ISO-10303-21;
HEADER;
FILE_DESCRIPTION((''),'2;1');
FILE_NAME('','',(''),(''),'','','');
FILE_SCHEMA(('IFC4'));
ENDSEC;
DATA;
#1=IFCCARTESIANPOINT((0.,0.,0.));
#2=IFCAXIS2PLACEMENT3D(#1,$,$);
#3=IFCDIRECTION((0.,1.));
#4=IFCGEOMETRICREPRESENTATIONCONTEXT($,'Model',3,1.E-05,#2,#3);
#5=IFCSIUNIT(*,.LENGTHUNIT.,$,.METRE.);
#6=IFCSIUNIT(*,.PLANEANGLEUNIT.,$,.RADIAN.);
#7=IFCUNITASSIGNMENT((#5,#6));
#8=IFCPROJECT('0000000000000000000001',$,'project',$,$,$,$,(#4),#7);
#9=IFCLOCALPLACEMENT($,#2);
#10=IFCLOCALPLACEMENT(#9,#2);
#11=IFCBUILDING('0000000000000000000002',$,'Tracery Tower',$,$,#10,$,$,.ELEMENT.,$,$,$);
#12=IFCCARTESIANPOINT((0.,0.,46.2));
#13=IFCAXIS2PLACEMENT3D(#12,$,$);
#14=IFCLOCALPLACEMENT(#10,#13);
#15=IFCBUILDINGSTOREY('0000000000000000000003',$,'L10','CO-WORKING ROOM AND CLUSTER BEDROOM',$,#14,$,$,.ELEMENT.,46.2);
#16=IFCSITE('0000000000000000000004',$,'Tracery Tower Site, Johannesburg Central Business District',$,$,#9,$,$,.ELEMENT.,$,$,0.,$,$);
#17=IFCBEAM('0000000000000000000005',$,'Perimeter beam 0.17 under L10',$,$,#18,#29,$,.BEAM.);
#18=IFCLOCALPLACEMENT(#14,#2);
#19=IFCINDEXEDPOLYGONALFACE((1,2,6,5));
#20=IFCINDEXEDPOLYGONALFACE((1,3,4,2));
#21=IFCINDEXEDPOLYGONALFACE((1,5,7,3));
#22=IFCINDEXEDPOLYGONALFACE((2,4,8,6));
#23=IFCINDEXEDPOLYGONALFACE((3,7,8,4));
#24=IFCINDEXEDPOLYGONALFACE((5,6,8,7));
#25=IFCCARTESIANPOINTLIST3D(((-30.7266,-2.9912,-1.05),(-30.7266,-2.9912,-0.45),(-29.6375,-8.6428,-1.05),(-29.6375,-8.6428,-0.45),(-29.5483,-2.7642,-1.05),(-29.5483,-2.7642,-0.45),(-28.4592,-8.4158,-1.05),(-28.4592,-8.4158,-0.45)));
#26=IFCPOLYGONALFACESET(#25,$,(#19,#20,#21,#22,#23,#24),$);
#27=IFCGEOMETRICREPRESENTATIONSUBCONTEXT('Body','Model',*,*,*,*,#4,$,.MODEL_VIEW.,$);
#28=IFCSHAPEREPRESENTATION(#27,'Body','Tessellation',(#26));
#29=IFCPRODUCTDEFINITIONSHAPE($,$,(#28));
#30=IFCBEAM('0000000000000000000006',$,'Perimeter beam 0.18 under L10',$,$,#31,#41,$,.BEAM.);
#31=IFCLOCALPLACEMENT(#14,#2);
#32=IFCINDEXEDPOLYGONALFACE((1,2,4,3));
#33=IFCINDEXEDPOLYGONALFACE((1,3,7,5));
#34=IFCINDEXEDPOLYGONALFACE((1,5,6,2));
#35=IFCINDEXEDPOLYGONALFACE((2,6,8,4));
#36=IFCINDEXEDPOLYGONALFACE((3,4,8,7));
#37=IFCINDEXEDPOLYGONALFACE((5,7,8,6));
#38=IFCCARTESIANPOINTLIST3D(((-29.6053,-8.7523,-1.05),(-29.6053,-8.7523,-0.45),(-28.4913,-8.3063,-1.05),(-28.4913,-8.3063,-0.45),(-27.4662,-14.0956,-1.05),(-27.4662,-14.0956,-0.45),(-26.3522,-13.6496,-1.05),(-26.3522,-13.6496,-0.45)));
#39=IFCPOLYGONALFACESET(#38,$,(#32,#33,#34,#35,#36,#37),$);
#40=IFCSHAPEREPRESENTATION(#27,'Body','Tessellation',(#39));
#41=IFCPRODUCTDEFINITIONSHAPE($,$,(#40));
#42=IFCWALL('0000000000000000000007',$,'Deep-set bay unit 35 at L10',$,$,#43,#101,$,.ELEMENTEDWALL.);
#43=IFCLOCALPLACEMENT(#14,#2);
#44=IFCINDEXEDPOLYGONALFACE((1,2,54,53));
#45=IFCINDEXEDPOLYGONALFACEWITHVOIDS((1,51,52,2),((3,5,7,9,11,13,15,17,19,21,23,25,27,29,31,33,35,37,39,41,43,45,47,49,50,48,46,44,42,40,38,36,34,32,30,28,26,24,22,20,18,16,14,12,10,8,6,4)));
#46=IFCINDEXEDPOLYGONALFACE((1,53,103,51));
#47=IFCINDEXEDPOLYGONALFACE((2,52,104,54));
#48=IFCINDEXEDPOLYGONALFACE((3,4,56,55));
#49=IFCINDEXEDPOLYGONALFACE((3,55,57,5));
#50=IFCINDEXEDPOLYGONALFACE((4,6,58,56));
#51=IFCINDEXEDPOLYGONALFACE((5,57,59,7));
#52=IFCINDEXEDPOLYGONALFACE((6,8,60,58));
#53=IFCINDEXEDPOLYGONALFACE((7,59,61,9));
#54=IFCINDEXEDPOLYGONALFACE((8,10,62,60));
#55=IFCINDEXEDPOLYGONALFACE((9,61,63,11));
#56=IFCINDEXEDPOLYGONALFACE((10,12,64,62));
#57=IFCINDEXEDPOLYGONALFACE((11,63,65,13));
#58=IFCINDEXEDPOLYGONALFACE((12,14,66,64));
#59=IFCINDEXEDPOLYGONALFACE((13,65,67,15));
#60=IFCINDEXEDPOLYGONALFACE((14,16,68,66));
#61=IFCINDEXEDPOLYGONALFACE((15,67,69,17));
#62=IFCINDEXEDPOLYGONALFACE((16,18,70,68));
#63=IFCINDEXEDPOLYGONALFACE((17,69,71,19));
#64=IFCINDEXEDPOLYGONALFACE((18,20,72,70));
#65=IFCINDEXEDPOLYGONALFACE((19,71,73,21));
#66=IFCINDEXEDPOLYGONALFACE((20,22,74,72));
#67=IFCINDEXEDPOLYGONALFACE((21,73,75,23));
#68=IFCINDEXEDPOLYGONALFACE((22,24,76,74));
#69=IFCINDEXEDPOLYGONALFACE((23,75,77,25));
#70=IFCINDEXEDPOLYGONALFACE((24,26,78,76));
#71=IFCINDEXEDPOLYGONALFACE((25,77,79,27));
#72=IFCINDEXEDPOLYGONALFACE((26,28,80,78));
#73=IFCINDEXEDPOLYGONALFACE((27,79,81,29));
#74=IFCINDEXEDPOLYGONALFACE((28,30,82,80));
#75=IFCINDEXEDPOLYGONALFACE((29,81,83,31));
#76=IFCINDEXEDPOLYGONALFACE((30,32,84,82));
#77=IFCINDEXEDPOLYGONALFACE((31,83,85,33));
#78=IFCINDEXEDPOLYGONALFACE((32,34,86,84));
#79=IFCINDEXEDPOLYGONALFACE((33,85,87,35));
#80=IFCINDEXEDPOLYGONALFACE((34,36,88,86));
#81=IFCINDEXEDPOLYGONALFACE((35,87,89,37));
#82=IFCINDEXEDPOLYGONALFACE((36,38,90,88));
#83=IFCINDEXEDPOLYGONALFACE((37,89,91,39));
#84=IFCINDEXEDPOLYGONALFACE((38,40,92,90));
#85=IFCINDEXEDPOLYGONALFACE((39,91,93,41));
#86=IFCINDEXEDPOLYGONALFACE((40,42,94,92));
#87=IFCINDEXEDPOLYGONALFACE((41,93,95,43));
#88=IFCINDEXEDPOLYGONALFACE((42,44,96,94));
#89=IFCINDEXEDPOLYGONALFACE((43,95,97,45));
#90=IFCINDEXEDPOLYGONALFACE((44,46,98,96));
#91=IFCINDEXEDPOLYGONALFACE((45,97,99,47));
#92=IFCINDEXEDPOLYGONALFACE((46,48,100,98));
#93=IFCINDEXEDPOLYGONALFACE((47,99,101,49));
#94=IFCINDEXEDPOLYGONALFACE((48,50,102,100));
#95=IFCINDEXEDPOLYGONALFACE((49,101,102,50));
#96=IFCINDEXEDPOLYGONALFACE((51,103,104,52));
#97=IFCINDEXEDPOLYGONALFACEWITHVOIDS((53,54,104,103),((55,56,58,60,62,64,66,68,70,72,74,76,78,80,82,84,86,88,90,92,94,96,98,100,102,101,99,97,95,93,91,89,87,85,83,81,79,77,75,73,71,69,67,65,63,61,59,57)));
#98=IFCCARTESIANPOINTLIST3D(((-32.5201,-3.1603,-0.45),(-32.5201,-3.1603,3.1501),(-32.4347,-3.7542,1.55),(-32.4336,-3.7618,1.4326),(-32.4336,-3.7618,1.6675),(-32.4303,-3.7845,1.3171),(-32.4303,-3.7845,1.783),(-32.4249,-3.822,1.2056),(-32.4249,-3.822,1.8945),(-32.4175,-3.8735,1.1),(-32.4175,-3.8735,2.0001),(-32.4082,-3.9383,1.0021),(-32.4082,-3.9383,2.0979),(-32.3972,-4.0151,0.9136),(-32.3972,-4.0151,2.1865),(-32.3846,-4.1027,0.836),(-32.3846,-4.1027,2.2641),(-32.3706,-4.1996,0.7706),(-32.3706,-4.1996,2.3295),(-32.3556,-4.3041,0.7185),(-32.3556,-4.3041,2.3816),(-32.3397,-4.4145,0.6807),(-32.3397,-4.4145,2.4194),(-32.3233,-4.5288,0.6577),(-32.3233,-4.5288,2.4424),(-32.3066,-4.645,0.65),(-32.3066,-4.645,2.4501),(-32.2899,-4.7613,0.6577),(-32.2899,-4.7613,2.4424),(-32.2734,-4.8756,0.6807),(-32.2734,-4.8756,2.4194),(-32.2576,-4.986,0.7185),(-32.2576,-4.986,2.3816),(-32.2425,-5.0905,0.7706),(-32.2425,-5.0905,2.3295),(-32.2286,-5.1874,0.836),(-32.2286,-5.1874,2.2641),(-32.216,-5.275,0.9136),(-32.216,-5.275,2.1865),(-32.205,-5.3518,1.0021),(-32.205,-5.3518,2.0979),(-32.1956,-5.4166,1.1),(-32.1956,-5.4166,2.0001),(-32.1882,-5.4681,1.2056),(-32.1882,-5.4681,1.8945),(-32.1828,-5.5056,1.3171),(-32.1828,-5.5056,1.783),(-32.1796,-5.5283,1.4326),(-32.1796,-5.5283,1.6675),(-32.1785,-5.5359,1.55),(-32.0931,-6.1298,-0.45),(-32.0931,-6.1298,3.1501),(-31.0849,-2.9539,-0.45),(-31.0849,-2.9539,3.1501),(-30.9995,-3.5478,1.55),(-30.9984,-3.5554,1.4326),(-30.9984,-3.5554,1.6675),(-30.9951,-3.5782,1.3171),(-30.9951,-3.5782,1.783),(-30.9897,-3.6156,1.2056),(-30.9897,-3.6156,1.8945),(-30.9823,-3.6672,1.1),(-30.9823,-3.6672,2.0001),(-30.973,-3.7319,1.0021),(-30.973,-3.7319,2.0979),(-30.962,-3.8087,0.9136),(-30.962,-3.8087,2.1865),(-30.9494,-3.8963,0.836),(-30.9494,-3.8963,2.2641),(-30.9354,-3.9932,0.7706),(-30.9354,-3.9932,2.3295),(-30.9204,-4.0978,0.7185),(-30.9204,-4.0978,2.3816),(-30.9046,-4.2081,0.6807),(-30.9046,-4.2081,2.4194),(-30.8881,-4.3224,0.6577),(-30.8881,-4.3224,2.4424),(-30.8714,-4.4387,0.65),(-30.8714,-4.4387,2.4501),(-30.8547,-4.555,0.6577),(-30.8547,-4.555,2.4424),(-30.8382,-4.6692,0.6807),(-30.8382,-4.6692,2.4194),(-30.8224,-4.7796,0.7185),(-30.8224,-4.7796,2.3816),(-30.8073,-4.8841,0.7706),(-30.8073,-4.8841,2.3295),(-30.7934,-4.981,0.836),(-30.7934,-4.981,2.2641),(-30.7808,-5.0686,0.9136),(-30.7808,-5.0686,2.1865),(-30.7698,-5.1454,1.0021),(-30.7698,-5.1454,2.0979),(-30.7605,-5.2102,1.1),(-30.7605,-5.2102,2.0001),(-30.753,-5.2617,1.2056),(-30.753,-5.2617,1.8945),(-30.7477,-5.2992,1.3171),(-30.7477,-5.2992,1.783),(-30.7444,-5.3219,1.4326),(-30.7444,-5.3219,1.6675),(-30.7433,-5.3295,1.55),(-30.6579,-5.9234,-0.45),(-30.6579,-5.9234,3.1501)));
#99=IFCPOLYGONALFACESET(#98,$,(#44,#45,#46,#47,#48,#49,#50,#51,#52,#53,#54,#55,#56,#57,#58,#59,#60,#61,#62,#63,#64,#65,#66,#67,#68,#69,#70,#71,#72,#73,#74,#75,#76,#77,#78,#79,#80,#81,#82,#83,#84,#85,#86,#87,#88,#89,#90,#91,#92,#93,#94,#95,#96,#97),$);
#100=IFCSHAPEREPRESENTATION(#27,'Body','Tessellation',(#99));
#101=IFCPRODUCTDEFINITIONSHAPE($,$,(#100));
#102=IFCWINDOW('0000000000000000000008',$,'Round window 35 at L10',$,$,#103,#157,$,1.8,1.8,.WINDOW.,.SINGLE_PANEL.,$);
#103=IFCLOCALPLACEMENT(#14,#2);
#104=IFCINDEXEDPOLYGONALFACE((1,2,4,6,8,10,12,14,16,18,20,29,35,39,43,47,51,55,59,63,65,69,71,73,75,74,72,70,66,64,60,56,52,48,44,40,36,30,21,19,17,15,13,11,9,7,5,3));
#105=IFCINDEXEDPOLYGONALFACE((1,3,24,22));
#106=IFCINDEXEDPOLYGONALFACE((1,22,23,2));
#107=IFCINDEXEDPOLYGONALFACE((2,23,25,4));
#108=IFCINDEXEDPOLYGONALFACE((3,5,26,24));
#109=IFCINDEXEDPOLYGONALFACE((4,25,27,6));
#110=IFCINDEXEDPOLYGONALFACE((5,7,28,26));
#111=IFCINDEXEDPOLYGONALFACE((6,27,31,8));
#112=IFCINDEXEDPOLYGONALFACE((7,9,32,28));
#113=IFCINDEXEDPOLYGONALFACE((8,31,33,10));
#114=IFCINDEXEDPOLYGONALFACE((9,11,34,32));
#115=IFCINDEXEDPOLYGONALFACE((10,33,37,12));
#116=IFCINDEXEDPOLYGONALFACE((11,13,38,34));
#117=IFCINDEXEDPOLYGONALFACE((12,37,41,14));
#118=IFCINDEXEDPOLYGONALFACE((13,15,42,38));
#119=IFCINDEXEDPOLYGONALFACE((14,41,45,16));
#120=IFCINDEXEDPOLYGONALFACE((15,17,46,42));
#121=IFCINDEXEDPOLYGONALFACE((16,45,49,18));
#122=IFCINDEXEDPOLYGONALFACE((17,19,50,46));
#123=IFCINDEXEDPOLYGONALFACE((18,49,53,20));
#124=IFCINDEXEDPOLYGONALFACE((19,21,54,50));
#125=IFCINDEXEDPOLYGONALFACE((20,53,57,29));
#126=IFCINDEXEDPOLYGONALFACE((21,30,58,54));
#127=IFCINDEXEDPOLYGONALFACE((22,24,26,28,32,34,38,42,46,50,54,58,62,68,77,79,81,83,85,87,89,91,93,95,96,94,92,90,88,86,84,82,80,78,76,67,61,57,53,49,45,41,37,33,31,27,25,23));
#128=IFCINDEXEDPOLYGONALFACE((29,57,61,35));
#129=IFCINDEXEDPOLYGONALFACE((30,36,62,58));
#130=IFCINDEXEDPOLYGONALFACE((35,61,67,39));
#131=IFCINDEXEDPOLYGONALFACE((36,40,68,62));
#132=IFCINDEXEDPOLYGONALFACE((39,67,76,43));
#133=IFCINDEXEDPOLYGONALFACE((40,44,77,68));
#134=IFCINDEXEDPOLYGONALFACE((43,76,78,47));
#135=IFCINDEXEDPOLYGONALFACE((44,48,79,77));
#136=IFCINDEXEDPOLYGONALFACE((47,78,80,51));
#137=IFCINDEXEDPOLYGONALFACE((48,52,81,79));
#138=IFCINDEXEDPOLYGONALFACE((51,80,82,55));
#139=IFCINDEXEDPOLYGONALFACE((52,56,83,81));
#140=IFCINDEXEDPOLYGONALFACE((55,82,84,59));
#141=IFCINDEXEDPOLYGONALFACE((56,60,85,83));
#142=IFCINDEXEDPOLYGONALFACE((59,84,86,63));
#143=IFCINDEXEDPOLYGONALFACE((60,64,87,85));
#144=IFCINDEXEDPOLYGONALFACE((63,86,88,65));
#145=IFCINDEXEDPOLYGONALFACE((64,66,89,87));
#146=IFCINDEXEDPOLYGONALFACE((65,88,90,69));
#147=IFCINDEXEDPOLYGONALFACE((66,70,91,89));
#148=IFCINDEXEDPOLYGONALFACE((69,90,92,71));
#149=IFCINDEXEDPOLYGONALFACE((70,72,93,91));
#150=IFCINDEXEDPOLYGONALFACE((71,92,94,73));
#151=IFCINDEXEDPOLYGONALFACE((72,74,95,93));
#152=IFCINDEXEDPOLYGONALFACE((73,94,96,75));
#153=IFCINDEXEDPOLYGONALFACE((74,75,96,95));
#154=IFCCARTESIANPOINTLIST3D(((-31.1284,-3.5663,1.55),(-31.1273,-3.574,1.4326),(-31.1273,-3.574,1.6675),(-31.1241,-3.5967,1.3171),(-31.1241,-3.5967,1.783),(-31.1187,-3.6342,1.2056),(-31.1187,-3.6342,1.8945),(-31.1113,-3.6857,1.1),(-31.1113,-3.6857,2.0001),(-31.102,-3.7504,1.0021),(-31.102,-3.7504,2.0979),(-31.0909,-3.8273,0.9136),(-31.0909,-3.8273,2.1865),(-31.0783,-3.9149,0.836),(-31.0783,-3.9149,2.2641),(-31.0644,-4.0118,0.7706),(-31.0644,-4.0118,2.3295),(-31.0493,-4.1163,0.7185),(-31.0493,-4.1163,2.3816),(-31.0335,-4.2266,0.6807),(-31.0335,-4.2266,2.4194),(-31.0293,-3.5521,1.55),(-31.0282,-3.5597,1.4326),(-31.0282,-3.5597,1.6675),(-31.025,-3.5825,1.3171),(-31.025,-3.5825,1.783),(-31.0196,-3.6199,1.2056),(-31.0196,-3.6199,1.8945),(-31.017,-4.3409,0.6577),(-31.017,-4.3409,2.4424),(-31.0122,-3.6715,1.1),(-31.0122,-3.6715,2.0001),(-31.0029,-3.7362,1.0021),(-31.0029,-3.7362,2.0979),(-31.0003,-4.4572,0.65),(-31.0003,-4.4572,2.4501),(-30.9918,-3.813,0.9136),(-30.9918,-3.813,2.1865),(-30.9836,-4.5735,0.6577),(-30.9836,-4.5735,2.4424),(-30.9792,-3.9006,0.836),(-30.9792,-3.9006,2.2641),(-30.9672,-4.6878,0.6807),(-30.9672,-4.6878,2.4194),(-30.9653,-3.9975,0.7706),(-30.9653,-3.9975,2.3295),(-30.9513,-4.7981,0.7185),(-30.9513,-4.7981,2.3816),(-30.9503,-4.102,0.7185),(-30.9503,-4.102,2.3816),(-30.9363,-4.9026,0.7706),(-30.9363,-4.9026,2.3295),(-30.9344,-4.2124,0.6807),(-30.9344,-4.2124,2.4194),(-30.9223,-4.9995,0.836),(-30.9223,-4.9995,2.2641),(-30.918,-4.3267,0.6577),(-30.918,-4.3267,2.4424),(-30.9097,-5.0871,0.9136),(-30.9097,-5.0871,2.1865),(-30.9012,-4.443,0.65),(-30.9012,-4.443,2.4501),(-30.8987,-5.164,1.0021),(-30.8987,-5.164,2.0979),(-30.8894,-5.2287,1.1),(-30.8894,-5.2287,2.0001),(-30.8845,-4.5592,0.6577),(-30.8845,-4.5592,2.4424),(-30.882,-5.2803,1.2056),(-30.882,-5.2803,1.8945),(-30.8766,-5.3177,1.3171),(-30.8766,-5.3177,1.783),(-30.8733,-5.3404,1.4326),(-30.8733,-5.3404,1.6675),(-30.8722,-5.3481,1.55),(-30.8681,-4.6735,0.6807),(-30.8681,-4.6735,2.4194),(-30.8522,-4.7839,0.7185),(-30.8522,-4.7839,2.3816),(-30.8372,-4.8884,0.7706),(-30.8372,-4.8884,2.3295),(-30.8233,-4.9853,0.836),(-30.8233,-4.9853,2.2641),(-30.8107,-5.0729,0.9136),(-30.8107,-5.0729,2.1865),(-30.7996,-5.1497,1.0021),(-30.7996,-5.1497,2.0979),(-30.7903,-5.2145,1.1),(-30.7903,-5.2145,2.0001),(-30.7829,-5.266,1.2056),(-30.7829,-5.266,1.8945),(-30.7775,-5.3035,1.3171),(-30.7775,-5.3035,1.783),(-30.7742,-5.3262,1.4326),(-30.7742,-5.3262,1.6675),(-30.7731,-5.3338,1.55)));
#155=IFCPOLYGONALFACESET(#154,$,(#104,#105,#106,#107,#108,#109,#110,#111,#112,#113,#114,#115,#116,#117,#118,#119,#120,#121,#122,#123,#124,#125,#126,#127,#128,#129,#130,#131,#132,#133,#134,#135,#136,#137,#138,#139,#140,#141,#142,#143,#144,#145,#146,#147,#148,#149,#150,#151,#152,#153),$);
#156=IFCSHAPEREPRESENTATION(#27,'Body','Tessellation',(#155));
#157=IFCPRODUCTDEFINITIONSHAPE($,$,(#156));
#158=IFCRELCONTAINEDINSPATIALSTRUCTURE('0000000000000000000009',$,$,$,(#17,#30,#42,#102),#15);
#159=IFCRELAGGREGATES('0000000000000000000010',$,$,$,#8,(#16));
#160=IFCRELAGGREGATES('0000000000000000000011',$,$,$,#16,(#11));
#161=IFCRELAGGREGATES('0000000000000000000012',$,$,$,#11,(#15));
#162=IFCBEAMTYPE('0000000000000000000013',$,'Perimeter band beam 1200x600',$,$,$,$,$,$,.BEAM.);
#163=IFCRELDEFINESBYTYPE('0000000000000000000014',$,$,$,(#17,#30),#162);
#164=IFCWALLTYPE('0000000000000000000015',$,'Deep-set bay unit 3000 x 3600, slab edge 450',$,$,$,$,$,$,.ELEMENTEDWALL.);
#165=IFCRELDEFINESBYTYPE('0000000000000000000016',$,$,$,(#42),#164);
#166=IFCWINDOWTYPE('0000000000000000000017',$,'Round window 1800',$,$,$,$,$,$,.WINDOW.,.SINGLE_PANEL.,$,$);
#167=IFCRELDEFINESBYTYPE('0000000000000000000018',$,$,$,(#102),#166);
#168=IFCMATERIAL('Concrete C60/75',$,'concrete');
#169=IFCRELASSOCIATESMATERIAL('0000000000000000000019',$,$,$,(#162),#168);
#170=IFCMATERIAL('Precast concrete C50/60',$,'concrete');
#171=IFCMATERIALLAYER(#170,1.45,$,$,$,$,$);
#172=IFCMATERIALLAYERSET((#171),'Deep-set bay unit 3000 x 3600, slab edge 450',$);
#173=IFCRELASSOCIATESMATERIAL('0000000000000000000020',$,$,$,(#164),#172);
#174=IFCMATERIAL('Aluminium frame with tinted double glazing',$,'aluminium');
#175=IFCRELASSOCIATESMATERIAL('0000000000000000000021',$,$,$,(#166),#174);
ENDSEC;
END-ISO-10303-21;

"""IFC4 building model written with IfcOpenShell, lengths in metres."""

from ifc_helpers import new_model, si_unit, direction, frame, frame_2d, origin, origin_2d, place, context, subcontext, project, spatial, rectangle, circle, extrude, material, layer, layer_set, material_profile, profile_set, type_object, element, fill, save


model = new_model("IFC4")

# Units and contexts
model_context = context("Model", 3, precision=1e-05, world=origin(), true_north=direction((0.0, 1.0)))
body_context = subcontext(model_context, "Body", "Model", "MODEL_VIEW")
ifc_project = project(units=[si_unit("LENGTHUNIT", "METRE"), si_unit("PLANEANGLEUNIT", "RADIAN")], contexts=[model_context])

# Site, building, storey
site_placement = place(None, origin())
site = spatial("IfcSite", under=ifc_project, at=site_placement, Name="Tracery Tower Site, Johannesburg Central Business District", CompositionType="ELEMENT", RefElevation=0.0)
building_placement = place(site_placement, origin())
building = spatial("IfcBuilding", under=site, at=building_placement, Name="Tracery Tower", CompositionType="ELEMENT")
storey_placement = place(building_placement, frame((0.0, 0.0, 46.2)))
storey = spatial("IfcBuildingStorey", under=building, at=storey_placement, Name="L10", Description="CO-WORKING ROOM AND CLUSTER BEDROOM", CompositionType="ELEMENT", Elevation=46.2)

# Beams
ifc_material_1 = material(Name="Concrete C60/75", Category="concrete")
ifc_material_profile_1 = material_profile(ifc_material_1, rectangle(XDim=1.2, YDim=0.6001, at=origin_2d()), Name="RC 1200x600")
ifc_profile_set_1 = profile_set([ifc_material_profile_1], Name="Concrete C60/75")
beam_type_1 = type_object("IfcBeamType", Name="Perimeter band beam 1200x600", PredefinedType="BEAM", material=ifc_profile_set_1)
for number, where, z_axis, x_axis, name in (
    (1, (-30.1375, -2.8777, -0.75), (0.189227, -0.981933, 0.0), (0.981933, 0.189227, 0.0), "Perimeter beam 0.17 under L10"),
    (2, (-29.0483, -8.5293, -0.75), (0.371669, -0.928365, 0.0), (0.928365, 0.371669, 0.0), "Perimeter beam 0.18 under L10"),
):
    element("IfcBeam", number, at=place(storey_placement, frame(where, z_axis=z_axis, x_axis=x_axis)), inside=storey, type_object=beam_type_1, Name=name, PredefinedType="BEAM", context=body_context, shape_type="SweptSolid", body=[
        extrude(rectangle(XDim=1.2, YDim=0.6001, at=origin_2d()), origin(), (0.0, 0.0, 1.0), 5.7556),
    ])

# Wall, opening, window
ifc_material_2 = material(Name="Precast concrete C50/60", Category="concrete")
ifc_layer_1 = layer(ifc_material_2, 1.45)
ifc_layer_set_1 = layer_set([ifc_layer_1], Name="Deep-set bay unit 3000 x 3600, slab edge 450")
wall_type_1 = type_object("IfcWallType", Name="Deep-set bay unit 3000 x 3600, slab edge 450", PredefinedType="ELEMENTEDWALL", material=ifc_layer_set_1)
wall_1_placement = place(storey_placement, frame((-31.8025, -3.0571, -0.45), z_axis=(0.0, 0.0, 1.0), x_axis=(0.142333, -0.989819, 0.0)))
wall_1 = element("IfcWall", 3, at=wall_1_placement, inside=storey, type_object=wall_type_1, Name="Deep-set bay unit 35 at L10", PredefinedType="ELEMENTEDWALL", context=body_context, shape_type="SweptSolid", body=[
    extrude(rectangle(XDim=3.0, YDim=1.45, at=frame_2d((1.5, 0.0))), origin(), (0.0, 0.0, 1.0), 3.6001),
])
opening_1_placement = place(wall_1_placement, frame((1.5, 0.0, 2.0)))
opening_1 = element("IfcOpeningElement", 4, at=opening_1_placement, cuts=wall_1, PredefinedType="OPENING", context=body_context, shape_type="SweptSolid", body=[
    extrude(circle(Radius=0.9, at=origin_2d()), frame((0.0, 0.7349, 0.0), z_axis=(0.0, -1.0, 0.0), x_axis=(1.0, 0.0, 0.0)), (0.0, 0.0, 1.0), 1.47),
])
ifc_material_3 = material(Name="Aluminium frame with tinted double glazing", Category="aluminium")
window_type = type_object("IfcWindowType", Name="Round window 1800", PartitioningType="SINGLE_PANEL", PredefinedType="WINDOW", material=ifc_material_3)
window_1_placement = place(opening_1_placement, origin())
window_1 = element("IfcWindow", 5, at=window_1_placement, inside=storey, type_object=window_type, Name="Round window 35 at L10", OverallHeight=1.8, OverallWidth=1.8, PartitioningType="SINGLE_PANEL", PredefinedType="WINDOW", context=body_context, shape_type="SweptSolid", body=[
    extrude(circle(Radius=0.9, at=origin_2d()), frame((0.0, 0.6948, 0.0), z_axis=(0.0, -1.0, 0.0), x_axis=(1.0, 0.0, 0.0)), (0.0, 0.0, 1.0), 0.1001),
])
fill(opening_1, window_1)

save(model, "model.ifc")
